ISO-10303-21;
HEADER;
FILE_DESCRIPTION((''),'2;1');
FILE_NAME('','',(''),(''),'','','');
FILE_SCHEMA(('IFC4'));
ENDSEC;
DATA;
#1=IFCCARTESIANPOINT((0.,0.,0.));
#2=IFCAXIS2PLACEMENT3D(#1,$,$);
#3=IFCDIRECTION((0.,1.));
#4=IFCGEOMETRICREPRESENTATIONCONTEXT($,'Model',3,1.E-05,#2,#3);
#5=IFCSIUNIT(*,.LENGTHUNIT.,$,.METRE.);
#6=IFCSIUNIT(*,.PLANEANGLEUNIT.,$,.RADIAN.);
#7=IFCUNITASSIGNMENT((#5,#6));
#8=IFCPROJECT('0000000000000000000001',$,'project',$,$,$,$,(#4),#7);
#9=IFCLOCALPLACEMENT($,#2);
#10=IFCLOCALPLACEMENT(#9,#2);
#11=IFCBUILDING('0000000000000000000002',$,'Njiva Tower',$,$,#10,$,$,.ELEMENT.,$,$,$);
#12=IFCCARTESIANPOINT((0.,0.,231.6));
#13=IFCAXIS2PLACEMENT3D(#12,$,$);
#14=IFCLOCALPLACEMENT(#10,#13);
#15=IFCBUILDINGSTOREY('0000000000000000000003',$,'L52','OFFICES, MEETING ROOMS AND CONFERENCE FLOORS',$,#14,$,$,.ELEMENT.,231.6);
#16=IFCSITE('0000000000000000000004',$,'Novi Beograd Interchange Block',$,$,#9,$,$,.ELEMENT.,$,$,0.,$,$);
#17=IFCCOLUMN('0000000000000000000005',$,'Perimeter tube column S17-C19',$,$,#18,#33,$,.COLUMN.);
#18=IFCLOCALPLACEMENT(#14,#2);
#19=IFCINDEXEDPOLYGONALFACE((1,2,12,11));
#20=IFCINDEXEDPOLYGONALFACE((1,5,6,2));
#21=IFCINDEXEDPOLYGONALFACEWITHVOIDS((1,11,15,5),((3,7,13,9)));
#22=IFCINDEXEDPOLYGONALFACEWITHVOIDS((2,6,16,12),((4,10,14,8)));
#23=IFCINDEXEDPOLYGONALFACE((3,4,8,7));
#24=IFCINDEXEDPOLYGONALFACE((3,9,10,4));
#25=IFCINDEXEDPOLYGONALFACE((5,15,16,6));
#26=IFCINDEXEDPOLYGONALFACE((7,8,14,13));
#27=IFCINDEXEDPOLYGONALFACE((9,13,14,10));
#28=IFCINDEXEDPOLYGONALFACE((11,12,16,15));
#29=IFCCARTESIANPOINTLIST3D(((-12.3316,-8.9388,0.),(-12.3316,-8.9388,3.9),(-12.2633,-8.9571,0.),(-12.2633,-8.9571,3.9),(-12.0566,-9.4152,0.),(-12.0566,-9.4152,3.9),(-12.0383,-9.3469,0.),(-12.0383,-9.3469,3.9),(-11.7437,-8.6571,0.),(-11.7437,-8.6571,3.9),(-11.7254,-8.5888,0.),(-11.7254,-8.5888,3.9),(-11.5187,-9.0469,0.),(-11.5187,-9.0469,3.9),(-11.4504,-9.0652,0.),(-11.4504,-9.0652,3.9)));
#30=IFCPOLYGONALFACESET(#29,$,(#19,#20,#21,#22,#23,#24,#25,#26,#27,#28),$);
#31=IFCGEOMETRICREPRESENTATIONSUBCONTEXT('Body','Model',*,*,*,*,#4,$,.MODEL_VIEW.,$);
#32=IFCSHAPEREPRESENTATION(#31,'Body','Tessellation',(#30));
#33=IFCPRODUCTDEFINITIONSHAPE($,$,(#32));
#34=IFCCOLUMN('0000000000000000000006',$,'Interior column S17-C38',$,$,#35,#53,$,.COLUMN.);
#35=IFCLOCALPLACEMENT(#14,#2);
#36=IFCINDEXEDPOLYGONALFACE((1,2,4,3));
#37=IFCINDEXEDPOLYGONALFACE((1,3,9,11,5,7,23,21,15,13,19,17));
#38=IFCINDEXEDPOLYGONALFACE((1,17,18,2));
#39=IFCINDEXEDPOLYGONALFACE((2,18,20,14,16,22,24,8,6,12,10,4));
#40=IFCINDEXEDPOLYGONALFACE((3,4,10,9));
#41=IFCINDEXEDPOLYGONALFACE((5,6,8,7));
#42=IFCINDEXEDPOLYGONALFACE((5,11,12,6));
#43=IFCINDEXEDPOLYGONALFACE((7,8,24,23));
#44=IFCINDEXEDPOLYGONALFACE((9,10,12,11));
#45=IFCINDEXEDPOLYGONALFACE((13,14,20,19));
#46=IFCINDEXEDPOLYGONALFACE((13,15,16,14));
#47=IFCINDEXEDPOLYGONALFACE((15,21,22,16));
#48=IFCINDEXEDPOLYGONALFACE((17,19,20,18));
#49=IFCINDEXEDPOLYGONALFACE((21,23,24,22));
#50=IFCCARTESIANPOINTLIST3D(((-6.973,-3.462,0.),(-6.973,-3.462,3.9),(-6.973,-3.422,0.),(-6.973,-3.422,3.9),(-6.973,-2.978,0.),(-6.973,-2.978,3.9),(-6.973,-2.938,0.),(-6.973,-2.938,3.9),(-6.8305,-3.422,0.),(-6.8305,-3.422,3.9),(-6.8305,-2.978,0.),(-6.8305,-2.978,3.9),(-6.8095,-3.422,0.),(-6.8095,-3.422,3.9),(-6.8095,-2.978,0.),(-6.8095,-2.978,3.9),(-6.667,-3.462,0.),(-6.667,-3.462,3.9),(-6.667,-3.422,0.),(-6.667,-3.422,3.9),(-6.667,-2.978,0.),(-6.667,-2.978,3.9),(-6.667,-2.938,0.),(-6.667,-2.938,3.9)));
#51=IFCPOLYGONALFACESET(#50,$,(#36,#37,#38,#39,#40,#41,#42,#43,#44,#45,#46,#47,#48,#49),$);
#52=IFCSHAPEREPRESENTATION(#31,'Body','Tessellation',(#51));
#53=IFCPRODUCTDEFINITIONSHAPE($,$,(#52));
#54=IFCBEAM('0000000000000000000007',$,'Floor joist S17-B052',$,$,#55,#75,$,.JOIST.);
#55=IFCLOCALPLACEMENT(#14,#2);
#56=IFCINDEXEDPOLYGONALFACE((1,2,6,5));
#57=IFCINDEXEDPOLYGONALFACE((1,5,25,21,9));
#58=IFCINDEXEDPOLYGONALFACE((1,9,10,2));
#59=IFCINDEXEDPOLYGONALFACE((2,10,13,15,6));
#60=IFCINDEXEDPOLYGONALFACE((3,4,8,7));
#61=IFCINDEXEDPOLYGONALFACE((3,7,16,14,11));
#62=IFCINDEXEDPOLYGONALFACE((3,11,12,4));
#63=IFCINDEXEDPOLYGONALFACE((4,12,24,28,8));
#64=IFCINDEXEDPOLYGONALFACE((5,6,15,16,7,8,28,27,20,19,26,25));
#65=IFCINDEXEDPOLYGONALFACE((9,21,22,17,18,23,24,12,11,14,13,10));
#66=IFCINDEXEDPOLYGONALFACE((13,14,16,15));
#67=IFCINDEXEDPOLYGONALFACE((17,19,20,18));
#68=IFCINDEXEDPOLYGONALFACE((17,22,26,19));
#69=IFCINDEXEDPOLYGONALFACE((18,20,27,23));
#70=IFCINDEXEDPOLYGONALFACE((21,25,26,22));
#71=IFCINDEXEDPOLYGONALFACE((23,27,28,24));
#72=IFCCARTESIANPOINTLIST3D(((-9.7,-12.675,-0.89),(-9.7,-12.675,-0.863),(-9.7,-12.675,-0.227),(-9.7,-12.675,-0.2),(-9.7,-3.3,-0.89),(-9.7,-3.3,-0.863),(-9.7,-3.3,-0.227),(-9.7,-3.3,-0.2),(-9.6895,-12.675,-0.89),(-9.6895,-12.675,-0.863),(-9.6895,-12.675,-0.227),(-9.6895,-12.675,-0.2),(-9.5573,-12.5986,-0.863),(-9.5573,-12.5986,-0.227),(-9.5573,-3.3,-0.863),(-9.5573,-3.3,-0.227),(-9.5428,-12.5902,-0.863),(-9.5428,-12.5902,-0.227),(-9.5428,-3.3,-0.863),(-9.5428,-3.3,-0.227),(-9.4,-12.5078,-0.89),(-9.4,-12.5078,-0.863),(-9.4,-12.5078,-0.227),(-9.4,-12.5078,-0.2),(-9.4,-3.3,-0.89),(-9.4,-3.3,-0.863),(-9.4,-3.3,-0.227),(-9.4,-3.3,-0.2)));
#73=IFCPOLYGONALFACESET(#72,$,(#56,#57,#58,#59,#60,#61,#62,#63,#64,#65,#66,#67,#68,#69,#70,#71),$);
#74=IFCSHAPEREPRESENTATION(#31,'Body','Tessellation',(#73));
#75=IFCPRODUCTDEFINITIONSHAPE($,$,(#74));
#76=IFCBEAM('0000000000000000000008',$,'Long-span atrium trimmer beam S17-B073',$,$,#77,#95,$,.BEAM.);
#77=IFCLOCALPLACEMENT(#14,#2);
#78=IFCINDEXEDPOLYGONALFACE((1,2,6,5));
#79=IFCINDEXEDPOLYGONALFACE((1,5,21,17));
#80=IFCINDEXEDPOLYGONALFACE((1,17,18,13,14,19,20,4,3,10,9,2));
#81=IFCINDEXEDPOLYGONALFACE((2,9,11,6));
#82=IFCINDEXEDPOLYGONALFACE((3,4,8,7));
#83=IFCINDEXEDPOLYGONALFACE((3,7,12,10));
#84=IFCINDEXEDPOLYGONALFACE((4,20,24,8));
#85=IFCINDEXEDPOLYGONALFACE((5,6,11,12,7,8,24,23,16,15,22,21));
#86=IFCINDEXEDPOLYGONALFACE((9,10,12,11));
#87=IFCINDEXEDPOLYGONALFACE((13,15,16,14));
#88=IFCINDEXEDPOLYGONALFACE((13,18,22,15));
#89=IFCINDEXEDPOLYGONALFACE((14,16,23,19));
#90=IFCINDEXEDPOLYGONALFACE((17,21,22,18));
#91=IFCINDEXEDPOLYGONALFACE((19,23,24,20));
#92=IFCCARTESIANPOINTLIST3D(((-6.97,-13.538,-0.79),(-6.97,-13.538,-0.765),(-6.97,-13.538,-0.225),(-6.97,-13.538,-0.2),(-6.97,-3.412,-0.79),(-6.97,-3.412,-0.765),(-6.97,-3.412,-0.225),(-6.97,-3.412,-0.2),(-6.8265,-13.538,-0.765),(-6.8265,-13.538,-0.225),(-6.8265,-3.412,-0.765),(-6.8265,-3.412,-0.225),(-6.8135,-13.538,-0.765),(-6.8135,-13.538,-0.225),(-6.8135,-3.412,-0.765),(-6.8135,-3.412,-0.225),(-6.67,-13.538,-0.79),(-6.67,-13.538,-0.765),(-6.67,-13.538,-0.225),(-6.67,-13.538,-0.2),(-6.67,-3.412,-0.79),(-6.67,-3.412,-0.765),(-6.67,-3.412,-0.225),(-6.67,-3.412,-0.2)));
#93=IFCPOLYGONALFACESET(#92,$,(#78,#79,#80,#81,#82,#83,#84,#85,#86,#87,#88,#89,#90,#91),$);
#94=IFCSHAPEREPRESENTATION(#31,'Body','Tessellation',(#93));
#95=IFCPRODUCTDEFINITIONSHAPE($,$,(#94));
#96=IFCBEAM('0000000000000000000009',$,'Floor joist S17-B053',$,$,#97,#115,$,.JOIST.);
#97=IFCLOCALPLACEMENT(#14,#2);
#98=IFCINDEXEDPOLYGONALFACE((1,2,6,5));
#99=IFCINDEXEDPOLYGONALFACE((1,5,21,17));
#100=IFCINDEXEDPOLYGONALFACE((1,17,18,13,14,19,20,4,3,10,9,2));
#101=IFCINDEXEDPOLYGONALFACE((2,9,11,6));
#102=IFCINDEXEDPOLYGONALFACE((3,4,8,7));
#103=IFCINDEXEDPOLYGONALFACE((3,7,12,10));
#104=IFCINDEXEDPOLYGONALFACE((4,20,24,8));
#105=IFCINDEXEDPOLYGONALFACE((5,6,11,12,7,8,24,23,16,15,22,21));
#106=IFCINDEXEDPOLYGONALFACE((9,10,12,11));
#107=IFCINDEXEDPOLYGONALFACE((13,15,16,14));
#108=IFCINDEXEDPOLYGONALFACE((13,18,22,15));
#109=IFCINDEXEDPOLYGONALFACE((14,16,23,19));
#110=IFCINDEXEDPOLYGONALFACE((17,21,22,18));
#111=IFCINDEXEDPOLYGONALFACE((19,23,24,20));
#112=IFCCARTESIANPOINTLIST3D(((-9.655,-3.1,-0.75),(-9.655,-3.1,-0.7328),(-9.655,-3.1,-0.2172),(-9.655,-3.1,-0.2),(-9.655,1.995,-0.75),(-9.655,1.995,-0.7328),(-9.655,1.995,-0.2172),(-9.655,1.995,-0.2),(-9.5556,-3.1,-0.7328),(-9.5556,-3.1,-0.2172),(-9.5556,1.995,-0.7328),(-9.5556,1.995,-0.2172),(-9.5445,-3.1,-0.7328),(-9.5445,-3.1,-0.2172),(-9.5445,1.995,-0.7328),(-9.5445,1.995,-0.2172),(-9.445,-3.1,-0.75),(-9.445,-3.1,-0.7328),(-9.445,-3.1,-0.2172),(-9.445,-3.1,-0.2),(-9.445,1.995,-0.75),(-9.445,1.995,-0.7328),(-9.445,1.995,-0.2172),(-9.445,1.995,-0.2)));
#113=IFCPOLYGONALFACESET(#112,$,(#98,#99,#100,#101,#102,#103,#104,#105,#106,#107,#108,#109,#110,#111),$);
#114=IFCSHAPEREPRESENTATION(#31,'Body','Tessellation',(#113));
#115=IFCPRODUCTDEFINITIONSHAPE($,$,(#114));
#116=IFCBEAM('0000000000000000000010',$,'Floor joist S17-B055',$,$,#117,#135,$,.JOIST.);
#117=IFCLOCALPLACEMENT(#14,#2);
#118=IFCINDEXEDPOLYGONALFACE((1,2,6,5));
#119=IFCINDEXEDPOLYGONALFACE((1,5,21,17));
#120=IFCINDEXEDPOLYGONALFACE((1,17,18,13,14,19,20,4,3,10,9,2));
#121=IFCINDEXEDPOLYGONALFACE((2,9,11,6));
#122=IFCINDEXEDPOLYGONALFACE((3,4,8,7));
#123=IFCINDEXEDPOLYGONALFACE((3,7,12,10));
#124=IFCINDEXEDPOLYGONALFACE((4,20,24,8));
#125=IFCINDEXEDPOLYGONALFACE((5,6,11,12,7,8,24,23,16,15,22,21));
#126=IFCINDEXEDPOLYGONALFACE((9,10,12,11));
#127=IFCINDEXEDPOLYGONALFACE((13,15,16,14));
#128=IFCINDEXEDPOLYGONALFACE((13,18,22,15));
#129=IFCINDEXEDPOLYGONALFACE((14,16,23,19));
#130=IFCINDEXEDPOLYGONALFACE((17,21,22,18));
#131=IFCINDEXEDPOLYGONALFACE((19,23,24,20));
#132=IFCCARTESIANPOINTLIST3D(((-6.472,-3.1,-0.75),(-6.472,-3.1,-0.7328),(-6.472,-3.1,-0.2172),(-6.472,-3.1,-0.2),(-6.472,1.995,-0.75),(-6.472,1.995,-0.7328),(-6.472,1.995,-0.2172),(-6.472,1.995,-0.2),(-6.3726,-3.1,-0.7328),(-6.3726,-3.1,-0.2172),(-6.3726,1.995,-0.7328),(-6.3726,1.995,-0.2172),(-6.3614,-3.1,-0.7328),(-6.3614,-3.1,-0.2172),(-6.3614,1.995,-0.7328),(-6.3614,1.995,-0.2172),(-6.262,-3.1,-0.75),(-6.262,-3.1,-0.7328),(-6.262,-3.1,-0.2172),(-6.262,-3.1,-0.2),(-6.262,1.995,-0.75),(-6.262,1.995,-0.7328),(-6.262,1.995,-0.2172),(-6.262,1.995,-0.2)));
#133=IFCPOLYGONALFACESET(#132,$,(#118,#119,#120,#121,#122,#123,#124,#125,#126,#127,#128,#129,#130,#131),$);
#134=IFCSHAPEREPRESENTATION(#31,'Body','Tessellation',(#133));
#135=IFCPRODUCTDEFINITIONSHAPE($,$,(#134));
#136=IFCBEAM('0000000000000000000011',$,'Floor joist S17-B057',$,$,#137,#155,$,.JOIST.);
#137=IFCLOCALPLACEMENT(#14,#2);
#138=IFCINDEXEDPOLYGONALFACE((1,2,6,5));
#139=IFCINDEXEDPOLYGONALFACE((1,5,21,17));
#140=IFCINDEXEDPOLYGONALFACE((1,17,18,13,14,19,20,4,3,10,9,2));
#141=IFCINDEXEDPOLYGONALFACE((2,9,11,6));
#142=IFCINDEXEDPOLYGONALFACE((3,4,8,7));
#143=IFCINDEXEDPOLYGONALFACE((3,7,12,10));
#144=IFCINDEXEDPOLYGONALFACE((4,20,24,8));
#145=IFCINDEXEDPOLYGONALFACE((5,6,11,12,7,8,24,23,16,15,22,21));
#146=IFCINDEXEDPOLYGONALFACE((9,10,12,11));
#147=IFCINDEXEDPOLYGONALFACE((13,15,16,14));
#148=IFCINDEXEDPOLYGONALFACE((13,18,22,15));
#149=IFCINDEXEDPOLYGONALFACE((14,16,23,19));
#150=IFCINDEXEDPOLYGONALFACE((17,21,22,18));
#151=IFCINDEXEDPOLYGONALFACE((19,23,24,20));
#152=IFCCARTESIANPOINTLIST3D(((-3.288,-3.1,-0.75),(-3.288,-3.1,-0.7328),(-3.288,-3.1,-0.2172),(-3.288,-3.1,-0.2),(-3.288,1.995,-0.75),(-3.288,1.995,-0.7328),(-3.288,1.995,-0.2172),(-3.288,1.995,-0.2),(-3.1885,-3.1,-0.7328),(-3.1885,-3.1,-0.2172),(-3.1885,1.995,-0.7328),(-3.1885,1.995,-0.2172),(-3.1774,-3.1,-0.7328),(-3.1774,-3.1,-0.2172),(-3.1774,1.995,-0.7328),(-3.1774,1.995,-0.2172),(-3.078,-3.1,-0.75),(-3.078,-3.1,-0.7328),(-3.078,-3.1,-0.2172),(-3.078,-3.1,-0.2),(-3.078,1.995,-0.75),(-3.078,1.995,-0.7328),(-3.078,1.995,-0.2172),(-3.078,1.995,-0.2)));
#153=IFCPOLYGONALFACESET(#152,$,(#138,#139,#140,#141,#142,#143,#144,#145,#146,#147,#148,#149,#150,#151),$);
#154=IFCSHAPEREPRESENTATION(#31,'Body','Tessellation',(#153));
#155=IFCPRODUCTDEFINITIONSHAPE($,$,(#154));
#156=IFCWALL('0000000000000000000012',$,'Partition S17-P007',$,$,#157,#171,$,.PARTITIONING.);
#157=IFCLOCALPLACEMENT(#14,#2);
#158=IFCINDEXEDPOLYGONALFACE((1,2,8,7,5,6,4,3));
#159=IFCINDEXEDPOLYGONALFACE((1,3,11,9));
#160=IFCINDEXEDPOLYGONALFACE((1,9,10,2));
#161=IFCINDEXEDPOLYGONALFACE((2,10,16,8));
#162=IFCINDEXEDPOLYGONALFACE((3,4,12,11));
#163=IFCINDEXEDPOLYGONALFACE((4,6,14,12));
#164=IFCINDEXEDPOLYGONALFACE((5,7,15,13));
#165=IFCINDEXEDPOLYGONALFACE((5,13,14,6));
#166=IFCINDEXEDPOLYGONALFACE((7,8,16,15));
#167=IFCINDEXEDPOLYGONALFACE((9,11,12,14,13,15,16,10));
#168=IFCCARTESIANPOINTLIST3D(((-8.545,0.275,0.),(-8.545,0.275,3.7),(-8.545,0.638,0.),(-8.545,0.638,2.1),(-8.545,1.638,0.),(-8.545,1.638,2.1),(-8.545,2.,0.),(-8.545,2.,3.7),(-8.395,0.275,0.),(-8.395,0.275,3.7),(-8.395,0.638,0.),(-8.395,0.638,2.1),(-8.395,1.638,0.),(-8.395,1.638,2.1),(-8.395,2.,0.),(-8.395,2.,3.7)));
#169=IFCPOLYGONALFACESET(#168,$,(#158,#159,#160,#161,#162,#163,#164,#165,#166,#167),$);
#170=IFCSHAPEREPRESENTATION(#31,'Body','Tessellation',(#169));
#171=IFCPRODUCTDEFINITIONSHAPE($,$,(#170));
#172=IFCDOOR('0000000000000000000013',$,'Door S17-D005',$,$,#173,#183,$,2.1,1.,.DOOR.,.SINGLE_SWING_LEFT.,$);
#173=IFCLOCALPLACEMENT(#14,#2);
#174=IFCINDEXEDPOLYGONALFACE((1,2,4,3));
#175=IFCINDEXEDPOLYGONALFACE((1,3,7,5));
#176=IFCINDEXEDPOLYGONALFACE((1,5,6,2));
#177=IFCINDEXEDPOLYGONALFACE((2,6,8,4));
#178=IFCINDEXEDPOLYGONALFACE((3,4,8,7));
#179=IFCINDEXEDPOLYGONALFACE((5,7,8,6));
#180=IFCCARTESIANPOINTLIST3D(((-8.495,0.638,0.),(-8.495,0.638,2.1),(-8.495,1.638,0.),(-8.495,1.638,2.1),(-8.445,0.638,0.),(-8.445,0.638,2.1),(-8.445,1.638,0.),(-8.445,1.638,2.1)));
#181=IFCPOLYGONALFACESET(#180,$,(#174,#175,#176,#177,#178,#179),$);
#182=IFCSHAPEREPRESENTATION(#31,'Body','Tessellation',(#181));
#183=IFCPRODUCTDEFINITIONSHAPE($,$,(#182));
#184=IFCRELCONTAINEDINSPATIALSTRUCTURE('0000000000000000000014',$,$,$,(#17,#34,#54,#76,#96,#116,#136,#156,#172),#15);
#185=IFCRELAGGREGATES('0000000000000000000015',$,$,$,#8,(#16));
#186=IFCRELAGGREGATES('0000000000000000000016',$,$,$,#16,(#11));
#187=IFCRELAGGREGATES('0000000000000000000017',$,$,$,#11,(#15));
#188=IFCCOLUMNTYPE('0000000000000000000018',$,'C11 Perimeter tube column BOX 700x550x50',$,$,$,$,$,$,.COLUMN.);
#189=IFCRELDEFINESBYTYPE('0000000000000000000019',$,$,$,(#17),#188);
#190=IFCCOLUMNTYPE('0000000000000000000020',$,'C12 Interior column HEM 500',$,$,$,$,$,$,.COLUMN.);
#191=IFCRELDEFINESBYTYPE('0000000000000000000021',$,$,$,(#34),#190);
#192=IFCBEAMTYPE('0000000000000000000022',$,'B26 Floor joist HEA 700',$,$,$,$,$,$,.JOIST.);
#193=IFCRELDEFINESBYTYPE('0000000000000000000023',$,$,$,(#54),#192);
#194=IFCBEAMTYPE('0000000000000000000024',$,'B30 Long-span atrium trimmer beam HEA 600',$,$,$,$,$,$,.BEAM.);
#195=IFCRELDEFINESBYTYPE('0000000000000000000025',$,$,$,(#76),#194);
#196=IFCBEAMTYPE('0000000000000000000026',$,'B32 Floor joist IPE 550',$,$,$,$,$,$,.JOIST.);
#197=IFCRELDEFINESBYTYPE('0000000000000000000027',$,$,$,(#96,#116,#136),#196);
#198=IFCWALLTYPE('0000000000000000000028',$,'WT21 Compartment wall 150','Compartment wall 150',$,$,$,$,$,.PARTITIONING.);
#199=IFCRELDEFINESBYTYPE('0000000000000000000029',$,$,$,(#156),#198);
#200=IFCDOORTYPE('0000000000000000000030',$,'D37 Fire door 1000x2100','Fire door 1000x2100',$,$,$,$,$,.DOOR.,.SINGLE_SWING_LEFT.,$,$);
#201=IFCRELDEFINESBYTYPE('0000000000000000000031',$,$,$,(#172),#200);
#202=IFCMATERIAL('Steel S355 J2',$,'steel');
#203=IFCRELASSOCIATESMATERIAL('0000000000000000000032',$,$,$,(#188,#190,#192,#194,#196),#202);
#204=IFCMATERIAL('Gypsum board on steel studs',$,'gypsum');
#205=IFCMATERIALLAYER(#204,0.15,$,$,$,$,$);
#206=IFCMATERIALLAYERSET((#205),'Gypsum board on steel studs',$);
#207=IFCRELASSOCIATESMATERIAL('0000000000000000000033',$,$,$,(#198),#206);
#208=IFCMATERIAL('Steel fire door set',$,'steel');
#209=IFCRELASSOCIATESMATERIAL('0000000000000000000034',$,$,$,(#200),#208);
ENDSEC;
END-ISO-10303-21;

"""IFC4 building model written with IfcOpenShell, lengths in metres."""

from ifc_helpers import new_model, si_unit, direction, frame, frame_2d, origin, origin_2d, place, context, subcontext, project, spatial, rectangle, hollow_rectangle, i_section, extrude, clip, halfspace, material, layer, layer_set, material_profile, profile_set, type_object, element, fill, save


model = new_model("IFC4")

# Units and contexts
model_context = context("Model", 3, precision=1e-05, world=origin(), true_north=direction((0.0, 1.0)))
body_context = subcontext(model_context, "Body", "Model", "MODEL_VIEW")
ifc_project = project(units=[si_unit("LENGTHUNIT", "METRE"), si_unit("PLANEANGLEUNIT", "RADIAN")], contexts=[model_context])

# Site, building, storey
site_placement = place(None, origin())
site = spatial("IfcSite", under=ifc_project, at=site_placement, Name="Novi Beograd Interchange Block", CompositionType="ELEMENT", RefElevation=0.0)
building_placement = place(site_placement, origin())
building = spatial("IfcBuilding", under=site, at=building_placement, Name="Njiva Tower", CompositionType="ELEMENT")
storey_placement = place(building_placement, frame((0.0, 0.0, 231.6)))
storey = spatial("IfcBuildingStorey", under=building, at=storey_placement, Name="L52", Description="OFFICES, MEETING ROOMS AND CONFERENCE FLOORS", CompositionType="ELEMENT", Elevation=231.6)

# Columns
ifc_material_1 = material(Name="Steel S355 J2", Category="steel")
ifc_material_profile_1 = material_profile(ifc_material_1, hollow_rectangle(XDim=0.55, YDim=0.7, WallThickness=0.05, at=origin_2d()), Name="BOX 700x550x50")
ifc_profile_set_1 = profile_set([ifc_material_profile_1], Name="Steel S355 J2")
column_type_1 = type_object("IfcColumnType", Name="C11 Perimeter tube column BOX 700x550x50", PredefinedType="COLUMN", material=ifc_profile_set_1)
column_1_placement = place(storey_placement, frame((-11.891, -9.002, 0.0), z_axis=(0.0, 0.0, 1.0), x_axis=(0.5, -0.866025, 0.0)))
element("IfcColumn", 1, at=column_1_placement, inside=storey, type_object=column_type_1, Name="Perimeter tube column S17-C19", PredefinedType="COLUMN", context=body_context, shape_type="SweptSolid", body=[
    extrude(hollow_rectangle(XDim=0.55, YDim=0.7, WallThickness=0.05, at=origin_2d()), origin(), (0.0, 0.0, 1.0), 3.9),
])
ifc_material_profile_2 = material_profile(ifc_material_1, i_section(OverallWidth=0.306, OverallDepth=0.524, WebThickness=0.021, FlangeThickness=0.04, at=origin_2d()), Name="HEM 500")
ifc_profile_set_2 = profile_set([ifc_material_profile_2], Name="Steel S355 J2")
column_type_2 = type_object("IfcColumnType", Name="C12 Interior column HEM 500", PredefinedType="COLUMN", material=ifc_profile_set_2)
column_2_placement = place(storey_placement, frame((-6.82, -3.2, 0.0), z_axis=(0.0, 0.0, 1.0), x_axis=(1.0, 0.0, 0.0)))
element("IfcColumn", 2, at=column_2_placement, inside=storey, type_object=column_type_2, Name="Interior column S17-C38", PredefinedType="COLUMN", context=body_context, shape_type="SweptSolid", body=[
    extrude(i_section(OverallWidth=0.306, OverallDepth=0.524, WebThickness=0.021, FlangeThickness=0.04, at=origin_2d()), origin(), (0.0, 0.0, 1.0), 3.9),
])

# Beams
ifc_material_profile_3 = material_profile(ifc_material_1, i_section(OverallWidth=0.3, OverallDepth=0.69, WebThickness=0.0145, FlangeThickness=0.027, at=origin_2d()), Name="HEA 700")
ifc_profile_set_3 = profile_set([ifc_material_profile_3], Name="Steel S355 J2")
beam_type_1 = type_object("IfcBeamType", Name="B26 Floor joist HEA 700", PredefinedType="JOIST", material=ifc_profile_set_3)
beam_1_placement = place(storey_placement, frame((-9.55, -3.3, -0.545), z_axis=(0.0, -1.0, 0.0), x_axis=(1.0, 0.0, 0.0)))
element("IfcBeam", 3, at=beam_1_placement, inside=storey, type_object=beam_type_1, Name="Floor joist S17-B052", PredefinedType="JOIST", context=body_context, shape_type="Clipping", body=[
    clip(extrude(i_section(OverallWidth=0.3, OverallDepth=0.69, WebThickness=0.0145, FlangeThickness=0.027, at=origin_2d()), origin(), (0.0, 0.0, 1.0), 9.375), halfspace(frame((0.025, 0.0, 9.28), z_axis=(0.499998, 0.0, 0.866027), x_axis=(0.0, 1.0, 0.0)), False)),
])
ifc_material_profile_4 = material_profile(ifc_material_1, i_section(OverallWidth=0.3, OverallDepth=0.59, WebThickness=0.013, FlangeThickness=0.025, at=origin_2d()), Name="HEA 600")
ifc_profile_set_4 = profile_set([ifc_material_profile_4], Name="Steel S355 J2")
beam_type_2 = type_object("IfcBeamType", Name="B30 Long-span atrium trimmer beam HEA 600", PredefinedType="BEAM", material=ifc_profile_set_4)
beam_2_placement = place(storey_placement, frame((-6.82, -3.412, -0.495), z_axis=(0.0, -1.0, 0.0), x_axis=(1.0, 0.0, 0.0)))
element("IfcBeam", 4, at=beam_2_placement, inside=storey, type_object=beam_type_2, Name="Long-span atrium trimmer beam S17-B073", PredefinedType="BEAM", context=body_context, shape_type="SweptSolid", body=[
    extrude(i_section(OverallWidth=0.3, OverallDepth=0.59, WebThickness=0.013, FlangeThickness=0.025, at=origin_2d()), origin(), (0.0, 0.0, 1.0), 10.126),
])
ifc_material_profile_5 = material_profile(ifc_material_1, i_section(OverallWidth=0.21, OverallDepth=0.55, WebThickness=0.0111, FlangeThickness=0.0172, at=origin_2d()), Name="IPE 550")
ifc_profile_set_5 = profile_set([ifc_material_profile_5], Name="Steel S355 J2")
beam_type_3 = type_object("IfcBeamType", Name="B32 Floor joist IPE 550", PredefinedType="JOIST", material=ifc_profile_set_5)
for number, where, z_axis, x_axis, name in (
    (5, (-9.55, 1.995, -0.475), (0.0, -1.0, 0.0), (1.0, 0.0, 0.0), "Floor joist S17-B053"),
    (6, (-6.367, 1.995, -0.475), (0.0, -1.0, 0.0), (1.0, 0.0, 0.0), "Floor joist S17-B055"),
    (7, (-3.183, 1.995, -0.475), (0.0, -1.0, 0.0), (1.0, 0.0, 0.0), "Floor joist S17-B057"),
):
    element("IfcBeam", number, at=place(storey_placement, frame(where, z_axis=z_axis, x_axis=x_axis)), inside=storey, type_object=beam_type_3, Name=name, PredefinedType="JOIST", context=body_context, shape_type="SweptSolid", body=[
        extrude(i_section(OverallWidth=0.21, OverallDepth=0.55, WebThickness=0.0111, FlangeThickness=0.0172, at=origin_2d()), origin(), (0.0, 0.0, 1.0), 5.095),
    ])

# Wall, opening, door
ifc_material_2 = material(Name="Gypsum board on steel studs", Category="gypsum")
ifc_layer_1 = layer(ifc_material_2, 0.15)
ifc_layer_set_1 = layer_set([ifc_layer_1], Name="Gypsum board on steel studs")
wall_type_1 = type_object("IfcWallType", Name="WT21 Compartment wall 150", Description="Compartment wall 150", PredefinedType="PARTITIONING", material=ifc_layer_set_1)
wall_1_placement = place(storey_placement, frame((-8.47, 0.275, 0.0), z_axis=(0.0, 0.0, 1.0), x_axis=(0.0, 1.0, 0.0)))
wall_1 = element("IfcWall", 8, at=wall_1_placement, inside=storey, type_object=wall_type_1, Name="Partition S17-P007", PredefinedType="PARTITIONING", context=body_context, shape_type="SweptSolid", body=[
    extrude(rectangle(XDim=1.725, YDim=0.15, at=frame_2d((0.8625, 0.0))), origin(), (0.0, 0.0, 1.0), 3.7),
])
opening_1_placement = place(wall_1_placement, frame((0.363, 0.0, 0.0)))
opening_1 = element("IfcOpeningElement", 9, at=opening_1_placement, cuts=wall_1, PredefinedType="OPENING", context=body_context, shape_type="SweptSolid", body=[
    extrude(rectangle(XDim=1.0, YDim=2.1, at=frame_2d((0.5, 1.05))), frame((0.0, 0.085, 0.0), z_axis=(0.0, -1.0, 0.0), x_axis=(1.0, 0.0, 0.0)), (0.0, 0.0, 1.0), 0.17),
])
ifc_material_3 = material(Name="Steel fire door set", Category="steel")
door_type = type_object("IfcDoorType", Name="D37 Fire door 1000x2100", Description="Fire door 1000x2100", OperationType="SINGLE_SWING_LEFT", PredefinedType="DOOR", material=ifc_material_3)
door_1_placement = place(opening_1_placement, origin())
door_1 = element("IfcDoor", 10, at=door_1_placement, inside=storey, type_object=door_type, Name="Door S17-D005", OperationType="SINGLE_SWING_LEFT", OverallHeight=2.1, OverallWidth=1.0, PredefinedType="DOOR", context=body_context, shape_type="SweptSolid", body=[
    extrude(rectangle(XDim=1.0, YDim=2.1, at=frame_2d((0.5, 1.05))), frame((0.0, 0.025, 0.0), z_axis=(0.0, -1.0, 0.0), x_axis=(1.0, 0.0, 0.0)), (0.0, 0.0, 1.0), 0.05),
])
fill(opening_1, door_1)

save(model, "model.ifc")
